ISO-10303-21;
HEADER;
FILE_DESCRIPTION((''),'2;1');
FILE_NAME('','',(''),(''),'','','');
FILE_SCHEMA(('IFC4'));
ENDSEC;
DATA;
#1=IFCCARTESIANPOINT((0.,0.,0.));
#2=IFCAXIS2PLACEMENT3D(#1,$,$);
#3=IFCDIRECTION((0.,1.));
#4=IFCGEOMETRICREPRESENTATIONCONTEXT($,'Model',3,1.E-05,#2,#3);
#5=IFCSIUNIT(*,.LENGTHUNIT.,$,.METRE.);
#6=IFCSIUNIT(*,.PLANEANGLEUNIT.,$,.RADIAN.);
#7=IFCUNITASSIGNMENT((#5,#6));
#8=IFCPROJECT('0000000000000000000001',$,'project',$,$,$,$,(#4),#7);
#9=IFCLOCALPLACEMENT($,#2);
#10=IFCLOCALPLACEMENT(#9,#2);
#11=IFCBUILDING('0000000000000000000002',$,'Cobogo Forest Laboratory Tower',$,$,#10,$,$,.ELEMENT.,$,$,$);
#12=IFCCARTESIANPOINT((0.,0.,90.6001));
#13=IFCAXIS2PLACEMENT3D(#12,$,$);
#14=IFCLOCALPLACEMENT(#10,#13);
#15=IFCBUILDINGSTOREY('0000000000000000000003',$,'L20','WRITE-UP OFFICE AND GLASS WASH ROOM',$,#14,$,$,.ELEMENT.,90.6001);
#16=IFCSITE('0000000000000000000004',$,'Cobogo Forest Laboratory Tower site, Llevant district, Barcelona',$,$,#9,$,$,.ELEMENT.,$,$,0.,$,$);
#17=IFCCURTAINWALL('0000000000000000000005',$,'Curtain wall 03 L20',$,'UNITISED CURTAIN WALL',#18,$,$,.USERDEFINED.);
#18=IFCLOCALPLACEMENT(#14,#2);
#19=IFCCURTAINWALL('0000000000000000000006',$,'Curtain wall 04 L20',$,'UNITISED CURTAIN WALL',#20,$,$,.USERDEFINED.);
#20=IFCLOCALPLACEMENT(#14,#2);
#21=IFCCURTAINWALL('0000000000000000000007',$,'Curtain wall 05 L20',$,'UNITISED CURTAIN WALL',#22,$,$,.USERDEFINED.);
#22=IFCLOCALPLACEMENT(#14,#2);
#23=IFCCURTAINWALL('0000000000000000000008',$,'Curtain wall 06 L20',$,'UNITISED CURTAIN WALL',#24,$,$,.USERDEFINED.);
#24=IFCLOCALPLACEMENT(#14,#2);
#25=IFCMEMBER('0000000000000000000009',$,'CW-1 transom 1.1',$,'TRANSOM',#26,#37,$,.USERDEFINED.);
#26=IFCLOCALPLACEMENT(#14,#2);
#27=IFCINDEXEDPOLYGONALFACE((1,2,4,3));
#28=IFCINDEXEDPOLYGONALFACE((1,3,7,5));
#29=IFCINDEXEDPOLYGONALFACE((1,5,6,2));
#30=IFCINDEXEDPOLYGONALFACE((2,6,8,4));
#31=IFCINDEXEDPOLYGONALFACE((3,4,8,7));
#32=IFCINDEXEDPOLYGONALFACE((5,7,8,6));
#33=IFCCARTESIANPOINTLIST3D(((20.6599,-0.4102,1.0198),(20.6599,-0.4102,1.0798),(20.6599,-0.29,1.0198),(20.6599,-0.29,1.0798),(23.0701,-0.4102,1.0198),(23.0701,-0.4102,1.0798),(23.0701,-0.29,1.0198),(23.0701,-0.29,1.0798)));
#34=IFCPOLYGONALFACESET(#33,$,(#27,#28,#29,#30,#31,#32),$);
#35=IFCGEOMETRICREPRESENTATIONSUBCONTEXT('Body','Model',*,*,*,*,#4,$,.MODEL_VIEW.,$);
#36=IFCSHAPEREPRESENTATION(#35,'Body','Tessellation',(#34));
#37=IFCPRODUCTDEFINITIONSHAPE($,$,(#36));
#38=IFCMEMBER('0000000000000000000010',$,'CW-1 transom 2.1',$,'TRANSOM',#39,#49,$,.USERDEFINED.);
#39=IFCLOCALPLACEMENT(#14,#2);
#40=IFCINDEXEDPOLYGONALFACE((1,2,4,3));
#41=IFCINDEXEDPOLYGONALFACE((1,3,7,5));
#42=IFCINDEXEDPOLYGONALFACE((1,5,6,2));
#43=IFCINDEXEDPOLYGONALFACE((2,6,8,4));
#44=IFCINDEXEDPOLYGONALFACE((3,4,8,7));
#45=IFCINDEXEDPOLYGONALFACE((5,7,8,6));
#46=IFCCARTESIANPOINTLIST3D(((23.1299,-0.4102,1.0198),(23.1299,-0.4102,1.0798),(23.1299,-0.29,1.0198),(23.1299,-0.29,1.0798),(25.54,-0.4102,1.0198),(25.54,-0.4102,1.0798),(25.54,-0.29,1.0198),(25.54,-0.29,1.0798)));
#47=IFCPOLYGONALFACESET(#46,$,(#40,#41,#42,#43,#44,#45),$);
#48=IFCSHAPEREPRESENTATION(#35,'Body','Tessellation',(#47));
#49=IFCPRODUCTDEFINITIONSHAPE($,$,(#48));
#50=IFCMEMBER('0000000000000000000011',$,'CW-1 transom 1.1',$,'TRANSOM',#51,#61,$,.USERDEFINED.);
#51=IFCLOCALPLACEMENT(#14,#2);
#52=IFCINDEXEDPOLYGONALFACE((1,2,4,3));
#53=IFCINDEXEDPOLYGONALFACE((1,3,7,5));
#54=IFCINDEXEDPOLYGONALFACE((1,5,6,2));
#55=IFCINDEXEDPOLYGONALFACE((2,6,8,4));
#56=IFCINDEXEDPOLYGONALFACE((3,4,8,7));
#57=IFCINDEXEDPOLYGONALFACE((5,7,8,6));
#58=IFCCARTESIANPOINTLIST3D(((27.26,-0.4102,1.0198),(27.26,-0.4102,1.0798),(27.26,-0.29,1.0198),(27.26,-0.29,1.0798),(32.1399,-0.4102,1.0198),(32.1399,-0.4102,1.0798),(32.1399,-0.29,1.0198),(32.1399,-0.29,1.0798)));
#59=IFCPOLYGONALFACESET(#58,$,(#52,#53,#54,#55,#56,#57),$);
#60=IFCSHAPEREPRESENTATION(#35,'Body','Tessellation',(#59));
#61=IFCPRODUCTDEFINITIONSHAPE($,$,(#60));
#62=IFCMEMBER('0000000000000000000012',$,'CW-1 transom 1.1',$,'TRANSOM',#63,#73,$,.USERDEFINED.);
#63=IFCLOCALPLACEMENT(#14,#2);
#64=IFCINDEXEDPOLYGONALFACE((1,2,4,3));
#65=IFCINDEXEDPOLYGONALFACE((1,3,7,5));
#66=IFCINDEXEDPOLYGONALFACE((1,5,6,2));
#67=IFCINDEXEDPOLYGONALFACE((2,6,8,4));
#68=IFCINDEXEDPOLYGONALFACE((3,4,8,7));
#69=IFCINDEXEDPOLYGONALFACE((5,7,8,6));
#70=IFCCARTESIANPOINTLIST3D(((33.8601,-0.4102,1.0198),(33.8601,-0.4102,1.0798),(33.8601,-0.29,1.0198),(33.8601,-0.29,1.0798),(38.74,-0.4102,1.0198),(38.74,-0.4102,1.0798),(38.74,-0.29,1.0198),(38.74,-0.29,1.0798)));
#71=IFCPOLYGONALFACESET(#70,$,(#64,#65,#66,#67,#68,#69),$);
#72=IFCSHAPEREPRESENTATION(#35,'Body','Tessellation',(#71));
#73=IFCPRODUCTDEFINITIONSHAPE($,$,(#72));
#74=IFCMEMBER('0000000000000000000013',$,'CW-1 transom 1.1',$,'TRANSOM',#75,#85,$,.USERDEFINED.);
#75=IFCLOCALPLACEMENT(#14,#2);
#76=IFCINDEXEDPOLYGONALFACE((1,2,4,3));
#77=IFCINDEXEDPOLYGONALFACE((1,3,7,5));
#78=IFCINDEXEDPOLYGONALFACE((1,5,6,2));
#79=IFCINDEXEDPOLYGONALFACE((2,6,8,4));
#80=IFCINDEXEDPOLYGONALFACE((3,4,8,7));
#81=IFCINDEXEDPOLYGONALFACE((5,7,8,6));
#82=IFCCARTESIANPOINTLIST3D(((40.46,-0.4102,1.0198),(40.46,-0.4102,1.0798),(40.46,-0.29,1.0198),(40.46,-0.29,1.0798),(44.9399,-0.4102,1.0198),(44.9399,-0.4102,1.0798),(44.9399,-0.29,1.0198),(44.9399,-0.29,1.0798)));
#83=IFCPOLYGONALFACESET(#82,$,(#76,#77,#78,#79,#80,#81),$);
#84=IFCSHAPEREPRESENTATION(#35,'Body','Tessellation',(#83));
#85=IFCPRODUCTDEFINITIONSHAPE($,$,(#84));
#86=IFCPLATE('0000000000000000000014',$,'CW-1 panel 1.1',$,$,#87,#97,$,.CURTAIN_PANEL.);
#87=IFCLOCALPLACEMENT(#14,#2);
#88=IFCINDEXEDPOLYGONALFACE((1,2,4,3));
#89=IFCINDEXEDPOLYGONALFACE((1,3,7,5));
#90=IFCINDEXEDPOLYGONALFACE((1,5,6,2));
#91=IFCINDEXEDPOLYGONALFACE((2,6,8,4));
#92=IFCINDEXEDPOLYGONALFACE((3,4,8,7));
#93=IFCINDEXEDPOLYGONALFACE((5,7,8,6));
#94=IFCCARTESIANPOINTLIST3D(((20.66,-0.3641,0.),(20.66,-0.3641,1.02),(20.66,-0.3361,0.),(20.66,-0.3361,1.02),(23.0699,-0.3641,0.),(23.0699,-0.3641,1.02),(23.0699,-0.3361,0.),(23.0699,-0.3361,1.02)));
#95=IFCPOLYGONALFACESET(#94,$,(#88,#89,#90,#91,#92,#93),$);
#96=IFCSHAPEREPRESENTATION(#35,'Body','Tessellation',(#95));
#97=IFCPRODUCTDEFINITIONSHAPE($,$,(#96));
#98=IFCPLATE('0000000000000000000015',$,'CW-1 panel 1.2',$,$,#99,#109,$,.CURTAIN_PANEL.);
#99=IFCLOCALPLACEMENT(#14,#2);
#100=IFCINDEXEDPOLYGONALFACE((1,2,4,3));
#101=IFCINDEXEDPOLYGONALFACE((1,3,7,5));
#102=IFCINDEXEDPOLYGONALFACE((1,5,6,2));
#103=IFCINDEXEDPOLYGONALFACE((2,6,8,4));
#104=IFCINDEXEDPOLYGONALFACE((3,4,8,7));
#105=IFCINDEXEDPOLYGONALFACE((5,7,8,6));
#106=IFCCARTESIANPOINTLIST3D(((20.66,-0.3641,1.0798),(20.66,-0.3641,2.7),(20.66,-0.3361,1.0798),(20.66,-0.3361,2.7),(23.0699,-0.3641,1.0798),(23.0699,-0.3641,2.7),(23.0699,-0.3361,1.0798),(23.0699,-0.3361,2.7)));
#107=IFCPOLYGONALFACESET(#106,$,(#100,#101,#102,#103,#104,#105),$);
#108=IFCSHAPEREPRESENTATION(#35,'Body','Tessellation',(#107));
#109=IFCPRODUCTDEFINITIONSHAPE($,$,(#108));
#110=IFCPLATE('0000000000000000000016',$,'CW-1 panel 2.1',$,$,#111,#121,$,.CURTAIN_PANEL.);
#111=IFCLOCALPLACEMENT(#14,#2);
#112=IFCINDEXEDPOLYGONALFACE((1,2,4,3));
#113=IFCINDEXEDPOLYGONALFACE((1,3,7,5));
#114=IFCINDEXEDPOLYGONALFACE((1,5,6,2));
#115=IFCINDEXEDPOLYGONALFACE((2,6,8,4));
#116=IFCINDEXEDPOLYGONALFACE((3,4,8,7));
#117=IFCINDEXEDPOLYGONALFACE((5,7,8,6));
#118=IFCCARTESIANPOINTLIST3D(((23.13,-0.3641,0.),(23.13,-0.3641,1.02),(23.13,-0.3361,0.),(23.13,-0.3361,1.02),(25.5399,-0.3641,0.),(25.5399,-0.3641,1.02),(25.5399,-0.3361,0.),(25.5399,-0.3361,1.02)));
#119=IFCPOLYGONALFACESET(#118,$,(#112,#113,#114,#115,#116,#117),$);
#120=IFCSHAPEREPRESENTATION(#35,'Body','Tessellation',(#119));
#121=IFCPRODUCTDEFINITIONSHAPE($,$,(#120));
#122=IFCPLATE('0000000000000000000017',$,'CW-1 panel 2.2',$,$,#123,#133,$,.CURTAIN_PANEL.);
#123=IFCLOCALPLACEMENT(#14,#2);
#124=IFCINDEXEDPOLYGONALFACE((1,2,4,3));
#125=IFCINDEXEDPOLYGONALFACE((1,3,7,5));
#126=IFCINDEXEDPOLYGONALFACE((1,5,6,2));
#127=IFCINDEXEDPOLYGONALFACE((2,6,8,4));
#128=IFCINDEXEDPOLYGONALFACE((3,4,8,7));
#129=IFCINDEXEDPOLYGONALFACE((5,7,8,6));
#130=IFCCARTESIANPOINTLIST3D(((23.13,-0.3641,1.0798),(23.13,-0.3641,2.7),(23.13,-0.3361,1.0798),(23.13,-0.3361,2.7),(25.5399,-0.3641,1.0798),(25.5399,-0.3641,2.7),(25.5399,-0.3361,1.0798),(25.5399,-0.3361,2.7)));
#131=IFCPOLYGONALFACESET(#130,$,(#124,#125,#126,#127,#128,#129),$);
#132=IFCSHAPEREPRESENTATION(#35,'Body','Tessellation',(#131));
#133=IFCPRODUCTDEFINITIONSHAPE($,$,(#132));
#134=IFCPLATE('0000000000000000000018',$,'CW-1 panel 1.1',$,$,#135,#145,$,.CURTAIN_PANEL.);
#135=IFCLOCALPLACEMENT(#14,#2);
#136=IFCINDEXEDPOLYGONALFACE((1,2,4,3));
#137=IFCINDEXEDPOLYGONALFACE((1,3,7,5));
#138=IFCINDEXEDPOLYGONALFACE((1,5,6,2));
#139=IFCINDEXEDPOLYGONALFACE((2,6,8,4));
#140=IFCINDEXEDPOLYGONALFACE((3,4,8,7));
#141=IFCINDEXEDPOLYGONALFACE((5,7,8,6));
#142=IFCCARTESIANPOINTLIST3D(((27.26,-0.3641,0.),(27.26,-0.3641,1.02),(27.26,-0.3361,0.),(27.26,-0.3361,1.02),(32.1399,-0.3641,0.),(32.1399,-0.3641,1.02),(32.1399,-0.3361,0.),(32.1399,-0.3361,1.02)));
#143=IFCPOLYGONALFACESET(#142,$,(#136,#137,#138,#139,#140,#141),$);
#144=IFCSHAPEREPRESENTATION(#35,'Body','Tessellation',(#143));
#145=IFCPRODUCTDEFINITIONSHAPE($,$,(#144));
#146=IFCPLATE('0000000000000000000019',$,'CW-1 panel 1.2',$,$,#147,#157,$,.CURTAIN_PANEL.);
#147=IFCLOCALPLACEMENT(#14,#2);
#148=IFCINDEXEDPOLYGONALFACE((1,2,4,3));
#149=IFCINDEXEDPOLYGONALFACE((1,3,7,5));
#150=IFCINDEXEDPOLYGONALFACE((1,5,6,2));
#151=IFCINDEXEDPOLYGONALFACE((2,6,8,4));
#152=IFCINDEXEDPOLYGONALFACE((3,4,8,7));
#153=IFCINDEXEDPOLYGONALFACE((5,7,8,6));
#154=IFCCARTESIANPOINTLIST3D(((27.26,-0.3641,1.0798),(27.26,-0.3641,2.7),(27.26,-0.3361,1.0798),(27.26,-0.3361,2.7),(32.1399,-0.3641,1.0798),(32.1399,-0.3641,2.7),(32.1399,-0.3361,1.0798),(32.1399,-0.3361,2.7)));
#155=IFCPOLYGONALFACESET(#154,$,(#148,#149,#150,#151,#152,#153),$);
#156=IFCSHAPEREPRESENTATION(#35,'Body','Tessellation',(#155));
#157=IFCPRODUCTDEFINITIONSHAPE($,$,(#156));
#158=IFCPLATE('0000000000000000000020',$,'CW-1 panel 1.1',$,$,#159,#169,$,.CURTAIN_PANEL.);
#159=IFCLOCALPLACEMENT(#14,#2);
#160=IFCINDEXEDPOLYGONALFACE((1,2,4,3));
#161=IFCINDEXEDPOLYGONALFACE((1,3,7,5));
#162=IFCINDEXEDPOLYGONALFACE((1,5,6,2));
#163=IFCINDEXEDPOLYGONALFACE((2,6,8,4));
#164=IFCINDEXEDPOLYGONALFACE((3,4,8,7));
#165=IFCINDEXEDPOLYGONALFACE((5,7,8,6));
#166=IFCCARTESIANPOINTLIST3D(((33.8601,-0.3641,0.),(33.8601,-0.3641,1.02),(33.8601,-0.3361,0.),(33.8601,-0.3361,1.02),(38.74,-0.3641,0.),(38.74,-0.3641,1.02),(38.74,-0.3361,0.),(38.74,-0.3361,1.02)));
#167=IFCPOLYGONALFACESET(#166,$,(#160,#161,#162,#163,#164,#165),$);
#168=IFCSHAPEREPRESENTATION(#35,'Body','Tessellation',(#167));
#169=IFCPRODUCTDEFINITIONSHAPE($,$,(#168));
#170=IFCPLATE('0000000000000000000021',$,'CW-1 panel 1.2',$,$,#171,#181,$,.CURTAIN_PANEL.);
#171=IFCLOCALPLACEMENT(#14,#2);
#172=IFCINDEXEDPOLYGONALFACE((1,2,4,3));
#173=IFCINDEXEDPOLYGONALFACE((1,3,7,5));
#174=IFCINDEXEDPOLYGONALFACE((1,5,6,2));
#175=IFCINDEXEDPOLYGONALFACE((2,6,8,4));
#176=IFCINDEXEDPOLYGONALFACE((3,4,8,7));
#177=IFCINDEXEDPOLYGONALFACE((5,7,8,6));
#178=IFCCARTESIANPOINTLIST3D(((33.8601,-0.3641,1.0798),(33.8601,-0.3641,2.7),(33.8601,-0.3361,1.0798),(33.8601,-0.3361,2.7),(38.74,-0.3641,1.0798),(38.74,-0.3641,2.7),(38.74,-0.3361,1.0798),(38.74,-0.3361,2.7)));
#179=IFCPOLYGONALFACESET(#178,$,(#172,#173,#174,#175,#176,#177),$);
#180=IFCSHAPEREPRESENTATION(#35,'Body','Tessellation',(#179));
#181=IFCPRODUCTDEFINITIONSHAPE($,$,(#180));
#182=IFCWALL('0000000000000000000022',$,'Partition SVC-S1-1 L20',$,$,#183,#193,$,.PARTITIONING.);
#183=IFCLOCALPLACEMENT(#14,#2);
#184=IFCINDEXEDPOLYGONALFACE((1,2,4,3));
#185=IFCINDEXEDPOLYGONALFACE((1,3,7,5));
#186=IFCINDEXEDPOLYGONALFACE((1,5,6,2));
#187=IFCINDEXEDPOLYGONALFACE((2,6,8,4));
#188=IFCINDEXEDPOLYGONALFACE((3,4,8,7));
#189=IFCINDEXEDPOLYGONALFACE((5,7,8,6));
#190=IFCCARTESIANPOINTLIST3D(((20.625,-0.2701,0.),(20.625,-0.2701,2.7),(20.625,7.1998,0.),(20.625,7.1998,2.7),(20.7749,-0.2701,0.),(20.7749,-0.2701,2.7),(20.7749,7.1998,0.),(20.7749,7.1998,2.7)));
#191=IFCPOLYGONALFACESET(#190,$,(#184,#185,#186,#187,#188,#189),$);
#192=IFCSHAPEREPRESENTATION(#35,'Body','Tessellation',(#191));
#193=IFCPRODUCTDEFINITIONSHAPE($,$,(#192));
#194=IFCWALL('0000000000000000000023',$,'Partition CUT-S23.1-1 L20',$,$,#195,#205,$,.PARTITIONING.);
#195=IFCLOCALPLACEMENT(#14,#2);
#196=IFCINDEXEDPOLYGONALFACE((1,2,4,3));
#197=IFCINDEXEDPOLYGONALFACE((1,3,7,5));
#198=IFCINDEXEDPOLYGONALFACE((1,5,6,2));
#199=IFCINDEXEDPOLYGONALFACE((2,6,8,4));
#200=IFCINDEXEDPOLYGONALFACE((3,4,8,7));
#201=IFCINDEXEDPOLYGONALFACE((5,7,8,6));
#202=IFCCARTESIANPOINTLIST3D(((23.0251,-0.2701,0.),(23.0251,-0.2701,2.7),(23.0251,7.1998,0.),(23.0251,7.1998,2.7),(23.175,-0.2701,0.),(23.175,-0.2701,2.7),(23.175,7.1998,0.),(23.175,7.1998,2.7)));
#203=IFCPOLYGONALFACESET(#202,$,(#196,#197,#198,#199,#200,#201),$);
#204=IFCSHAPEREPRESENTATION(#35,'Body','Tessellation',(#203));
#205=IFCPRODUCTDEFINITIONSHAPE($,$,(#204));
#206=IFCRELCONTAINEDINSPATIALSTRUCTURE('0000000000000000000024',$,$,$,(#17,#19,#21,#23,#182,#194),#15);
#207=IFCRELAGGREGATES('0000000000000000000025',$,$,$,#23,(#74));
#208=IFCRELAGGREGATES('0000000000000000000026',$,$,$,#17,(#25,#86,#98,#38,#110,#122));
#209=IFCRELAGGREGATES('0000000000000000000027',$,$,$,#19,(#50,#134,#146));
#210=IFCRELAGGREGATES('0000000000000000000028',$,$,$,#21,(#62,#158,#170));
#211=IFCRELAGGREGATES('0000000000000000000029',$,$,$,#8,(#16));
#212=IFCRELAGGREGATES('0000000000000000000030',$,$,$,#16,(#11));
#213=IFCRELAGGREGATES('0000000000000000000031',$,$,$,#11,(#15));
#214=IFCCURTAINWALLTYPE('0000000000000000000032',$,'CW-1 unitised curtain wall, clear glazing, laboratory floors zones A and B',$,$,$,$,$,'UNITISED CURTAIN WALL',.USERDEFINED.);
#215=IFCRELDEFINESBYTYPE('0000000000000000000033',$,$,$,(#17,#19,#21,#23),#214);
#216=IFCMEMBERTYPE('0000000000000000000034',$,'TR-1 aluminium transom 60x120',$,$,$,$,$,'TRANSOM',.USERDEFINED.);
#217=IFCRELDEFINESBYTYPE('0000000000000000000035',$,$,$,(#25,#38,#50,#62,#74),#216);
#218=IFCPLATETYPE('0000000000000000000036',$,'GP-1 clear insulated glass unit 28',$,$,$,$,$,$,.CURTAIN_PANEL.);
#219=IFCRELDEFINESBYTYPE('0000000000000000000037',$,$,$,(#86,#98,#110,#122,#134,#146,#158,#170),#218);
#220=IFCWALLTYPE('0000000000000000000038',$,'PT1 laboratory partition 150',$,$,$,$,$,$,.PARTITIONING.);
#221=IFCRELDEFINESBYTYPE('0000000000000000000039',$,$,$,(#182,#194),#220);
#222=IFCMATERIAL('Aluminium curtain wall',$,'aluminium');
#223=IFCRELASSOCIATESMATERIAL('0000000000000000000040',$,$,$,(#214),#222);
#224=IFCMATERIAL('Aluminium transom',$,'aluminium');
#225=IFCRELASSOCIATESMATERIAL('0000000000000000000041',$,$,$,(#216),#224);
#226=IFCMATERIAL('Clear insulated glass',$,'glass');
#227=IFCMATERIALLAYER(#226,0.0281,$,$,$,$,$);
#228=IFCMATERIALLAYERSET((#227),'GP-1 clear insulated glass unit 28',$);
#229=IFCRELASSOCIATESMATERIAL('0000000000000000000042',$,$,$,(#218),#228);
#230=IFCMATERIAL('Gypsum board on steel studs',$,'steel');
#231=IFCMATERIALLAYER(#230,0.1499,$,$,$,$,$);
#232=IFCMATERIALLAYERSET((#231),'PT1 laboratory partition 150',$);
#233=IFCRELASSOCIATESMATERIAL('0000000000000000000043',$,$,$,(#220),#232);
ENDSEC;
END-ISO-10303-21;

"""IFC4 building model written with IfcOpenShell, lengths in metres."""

from ifc_helpers import new_model, si_unit, direction, frame, frame_2d, origin, origin_2d, place, context, subcontext, project, spatial, rectangle, extrude, material, layer, layer_set, material_profile, profile_set, type_object, element, aggregate, save


model = new_model("IFC4")

# Units and contexts
model_context = context("Model", 3, precision=1e-05, world=origin(), true_north=direction((0.0, 1.0)))
body_context = subcontext(model_context, "Body", "Model", "MODEL_VIEW")
ifc_project = project(units=[si_unit("LENGTHUNIT", "METRE"), si_unit("PLANEANGLEUNIT", "RADIAN")], contexts=[model_context])

# Site, building, storey
site_placement = place(None, origin())
site = spatial("IfcSite", under=ifc_project, at=site_placement, Name="Cobogo Forest Laboratory Tower site, Llevant district, Barcelona", CompositionType="ELEMENT", RefElevation=0.0)
building_placement = place(site_placement, origin())
building = spatial("IfcBuilding", under=site, at=building_placement, Name="Cobogo Forest Laboratory Tower", CompositionType="ELEMENT")
storey_placement = place(building_placement, frame((0.0, 0.0, 90.6001)))
storey = spatial("IfcBuildingStorey", under=building, at=storey_placement, Name="L20", Description="WRITE-UP OFFICE AND GLASS WASH ROOM", CompositionType="ELEMENT", Elevation=90.6001)

# Curtain walls
ifc_material_1 = material(Name="Aluminium curtain wall", Category="aluminium")
curtain_wall_type = type_object("IfcCurtainWallType", Name="CW-1 unitised curtain wall, clear glazing, laboratory floors zones A and B", ElementType="UNITISED CURTAIN WALL", PredefinedType="USERDEFINED", material=ifc_material_1)
curtain_wall_1_placement = place(storey_placement, origin())
curtain_wall_1 = element("IfcCurtainWall", 1, at=curtain_wall_1_placement, inside=storey, type_object=curtain_wall_type, Name="Curtain wall 03 L20", ObjectType="UNITISED CURTAIN WALL", PredefinedType="USERDEFINED")
curtain_wall_2_placement = place(storey_placement, origin())
curtain_wall_2 = element("IfcCurtainWall", 2, at=curtain_wall_2_placement, inside=storey, type_object=curtain_wall_type, Name="Curtain wall 04 L20", ObjectType="UNITISED CURTAIN WALL", PredefinedType="USERDEFINED")
curtain_wall_3_placement = place(storey_placement, origin())
curtain_wall_3 = element("IfcCurtainWall", 3, at=curtain_wall_3_placement, inside=storey, type_object=curtain_wall_type, Name="Curtain wall 05 L20", ObjectType="UNITISED CURTAIN WALL", PredefinedType="USERDEFINED")

# Curtain wall
curtain_wall_4_placement = place(storey_placement, origin())
curtain_wall_4 = element("IfcCurtainWall", 4, at=curtain_wall_4_placement, inside=storey, type_object=curtain_wall_type, Name="Curtain wall 06 L20", ObjectType="UNITISED CURTAIN WALL", PredefinedType="USERDEFINED")

# Members
ifc_material_2 = material(Name="Aluminium transom", Category="aluminium")
ifc_material_profile_1 = material_profile(ifc_material_2, rectangle(XDim=0.1201, YDim=0.0601, at=origin_2d()), Name="AL 60x120")
ifc_profile_set_1 = profile_set([ifc_material_profile_1], Name="Aluminium transom")
member_type_1 = type_object("IfcMemberType", Name="TR-1 aluminium transom 60x120", ElementType="TRANSOM", PredefinedType="USERDEFINED", material=ifc_profile_set_1)
member_1_placement = place(storey_placement, frame((20.6599, -0.3501, 1.0498), z_axis=(1.0, 0.0, 0.0), x_axis=(0.0, 1.0, 0.0)))
member_1 = element("IfcMember", 5, at=member_1_placement, type_object=member_type_1, Name="CW-1 transom 1.1", ObjectType="TRANSOM", PredefinedType="USERDEFINED", context=body_context, shape_type="SweptSolid", body=[
    extrude(rectangle(XDim=0.1201, YDim=0.0601, at=origin_2d()), origin(), (0.0, 0.0, 1.0), 2.4102),
])
member_2_placement = place(storey_placement, frame((23.1299, -0.3501, 1.0498), z_axis=(1.0, 0.0, 0.0), x_axis=(0.0, 1.0, 0.0)))
member_2 = element("IfcMember", 6, at=member_2_placement, type_object=member_type_1, Name="CW-1 transom 2.1", ObjectType="TRANSOM", PredefinedType="USERDEFINED", context=body_context, shape_type="SweptSolid", body=[
    extrude(rectangle(XDim=0.1201, YDim=0.0601, at=origin_2d()), origin(), (0.0, 0.0, 1.0), 2.4102),
])
member_3_placement = place(storey_placement, frame((27.26, -0.3501, 1.0498), z_axis=(1.0, 0.0, 0.0), x_axis=(0.0, 1.0, 0.0)))
member_3 = element("IfcMember", 7, at=member_3_placement, type_object=member_type_1, Name="CW-1 transom 1.1", ObjectType="TRANSOM", PredefinedType="USERDEFINED", context=body_context, shape_type="SweptSolid", body=[
    extrude(rectangle(XDim=0.1201, YDim=0.0601, at=origin_2d()), origin(), (0.0, 0.0, 1.0), 4.8799),
])
member_4_placement = place(storey_placement, frame((33.8601, -0.3501, 1.0498), z_axis=(1.0, 0.0, 0.0), x_axis=(0.0, 1.0, 0.0)))
member_4 = element("IfcMember", 8, at=member_4_placement, type_object=member_type_1, Name="CW-1 transom 1.1", ObjectType="TRANSOM", PredefinedType="USERDEFINED", context=body_context, shape_type="SweptSolid", body=[
    extrude(rectangle(XDim=0.1201, YDim=0.0601, at=origin_2d()), origin(), (0.0, 0.0, 1.0), 4.8799),
])
member_5_placement = place(storey_placement, frame((40.46, -0.3501, 1.0498), z_axis=(1.0, 0.0, 0.0), x_axis=(0.0, 1.0, 0.0)))
member_5 = element("IfcMember", 9, at=member_5_placement, type_object=member_type_1, Name="CW-1 transom 1.1", ObjectType="TRANSOM", PredefinedType="USERDEFINED", context=body_context, shape_type="SweptSolid", body=[
    extrude(rectangle(XDim=0.1201, YDim=0.0601, at=origin_2d()), origin(), (0.0, 0.0, 1.0), 4.48),
])
aggregate(curtain_wall_4, [member_5])

# Plates
ifc_material_3 = material(Name="Clear insulated glass", Category="glass")
ifc_layer_1 = layer(ifc_material_3, 0.0281)
ifc_layer_set_1 = layer_set([ifc_layer_1], Name="GP-1 clear insulated glass unit 28")
plate_type_1 = type_object("IfcPlateType", Name="GP-1 clear insulated glass unit 28", PredefinedType="CURTAIN_PANEL", material=ifc_layer_set_1)
plate_1_placement = place(storey_placement, frame((21.865, -0.3501, 0.0), z_axis=(0.0, 0.0, 1.0), x_axis=(1.0, 0.0, 0.0)))
plate_1 = element("IfcPlate", 10, at=plate_1_placement, type_object=plate_type_1, Name="CW-1 panel 1.1", PredefinedType="CURTAIN_PANEL", context=body_context, shape_type="SweptSolid", body=[
    extrude(rectangle(XDim=2.4099, YDim=0.0281, at=origin_2d()), origin(), (0.0, 0.0, 1.0), 1.02),
])
plate_2_placement = place(storey_placement, frame((21.865, -0.3501, 1.0798), z_axis=(0.0, 0.0, 1.0), x_axis=(1.0, 0.0, 0.0)))
plate_2 = element("IfcPlate", 11, at=plate_2_placement, type_object=plate_type_1, Name="CW-1 panel 1.2", PredefinedType="CURTAIN_PANEL", context=body_context, shape_type="SweptSolid", body=[
    extrude(rectangle(XDim=2.4099, YDim=0.0281, at=origin_2d()), origin(), (0.0, 0.0, 1.0), 1.6201),
])
plate_3_placement = place(storey_placement, frame((24.335, -0.3501, 0.0), z_axis=(0.0, 0.0, 1.0), x_axis=(1.0, 0.0, 0.0)))
plate_3 = element("IfcPlate", 12, at=plate_3_placement, type_object=plate_type_1, Name="CW-1 panel 2.1", PredefinedType="CURTAIN_PANEL", context=body_context, shape_type="SweptSolid", body=[
    extrude(rectangle(XDim=2.4099, YDim=0.0281, at=origin_2d()), origin(), (0.0, 0.0, 1.0), 1.02),
])
plate_4_placement = place(storey_placement, frame((24.335, -0.3501, 1.0798), z_axis=(0.0, 0.0, 1.0), x_axis=(1.0, 0.0, 0.0)))
plate_4 = element("IfcPlate", 13, at=plate_4_placement, type_object=plate_type_1, Name="CW-1 panel 2.2", PredefinedType="CURTAIN_PANEL", context=body_context, shape_type="SweptSolid", body=[
    extrude(rectangle(XDim=2.4099, YDim=0.0281, at=origin_2d()), origin(), (0.0, 0.0, 1.0), 1.6201),
])
aggregate(curtain_wall_1, [member_1, plate_1, plate_2, member_2, plate_3, plate_4])
plate_5_placement = place(storey_placement, frame((29.7, -0.3501, 0.0), z_axis=(0.0, 0.0, 1.0), x_axis=(1.0, 0.0, 0.0)))
plate_5 = element("IfcPlate", 14, at=plate_5_placement, type_object=plate_type_1, Name="CW-1 panel 1.1", PredefinedType="CURTAIN_PANEL", context=body_context, shape_type="SweptSolid", body=[
    extrude(rectangle(XDim=4.8799, YDim=0.0281, at=origin_2d()), origin(), (0.0, 0.0, 1.0), 1.02),
])
plate_6_placement = place(storey_placement, frame((29.7, -0.3501, 1.0798), z_axis=(0.0, 0.0, 1.0), x_axis=(1.0, 0.0, 0.0)))
plate_6 = element("IfcPlate", 15, at=plate_6_placement, type_object=plate_type_1, Name="CW-1 panel 1.2", PredefinedType="CURTAIN_PANEL", context=body_context, shape_type="SweptSolid", body=[
    extrude(rectangle(XDim=4.8799, YDim=0.0281, at=origin_2d()), origin(), (0.0, 0.0, 1.0), 1.6201),
])
aggregate(curtain_wall_2, [member_3, plate_5, plate_6])
plate_7_placement = place(storey_placement, frame((36.3, -0.3501, 0.0), z_axis=(0.0, 0.0, 1.0), x_axis=(1.0, 0.0, 0.0)))
plate_7 = element("IfcPlate", 16, at=plate_7_placement, type_object=plate_type_1, Name="CW-1 panel 1.1", PredefinedType="CURTAIN_PANEL", context=body_context, shape_type="SweptSolid", body=[
    extrude(rectangle(XDim=4.8799, YDim=0.0281, at=origin_2d()), origin(), (0.0, 0.0, 1.0), 1.02),
])
plate_8_placement = place(storey_placement, frame((36.3, -0.3501, 1.0798), z_axis=(0.0, 0.0, 1.0), x_axis=(1.0, 0.0, 0.0)))
plate_8 = element("IfcPlate", 17, at=plate_8_placement, type_object=plate_type_1, Name="CW-1 panel 1.2", PredefinedType="CURTAIN_PANEL", context=body_context, shape_type="SweptSolid", body=[
    extrude(rectangle(XDim=4.8799, YDim=0.0281, at=origin_2d()), origin(), (0.0, 0.0, 1.0), 1.6201),
])
aggregate(curtain_wall_3, [member_4, plate_7, plate_8])

# Walls
ifc_material_4 = material(Name="Gypsum board on steel studs", Category="steel")
ifc_layer_2 = layer(ifc_material_4, 0.1499)
ifc_layer_set_2 = layer_set([ifc_layer_2], Name="PT1 laboratory partition 150")
wall_type = type_object("IfcWallType", Name="PT1 laboratory partition 150", PredefinedType="PARTITIONING", material=ifc_layer_set_2)
for number, where, z_axis, x_axis, name in (
    (18, (20.7, -0.27, 0.0), (0.0, 0.0, 1.0), (0.0, 1.0, 0.0), "Partition SVC-S1-1 L20"),
    (19, (23.1001, -0.27, 0.0), (0.0, 0.0, 1.0), (0.0, 1.0, 0.0), "Partition CUT-S23.1-1 L20"),
):
    element("IfcWall", number, at=place(storey_placement, frame(where, z_axis=z_axis, x_axis=x_axis)), inside=storey, type_object=wall_type, Name=name, PredefinedType="PARTITIONING", context=body_context, shape_type="SweptSolid", body=[
        extrude(rectangle(XDim=7.47, YDim=0.1499, at=frame_2d((3.7349, 0.0))), origin(), (0.0, 0.0, 1.0), 2.7),
    ])

save(model, "model.ifc")
